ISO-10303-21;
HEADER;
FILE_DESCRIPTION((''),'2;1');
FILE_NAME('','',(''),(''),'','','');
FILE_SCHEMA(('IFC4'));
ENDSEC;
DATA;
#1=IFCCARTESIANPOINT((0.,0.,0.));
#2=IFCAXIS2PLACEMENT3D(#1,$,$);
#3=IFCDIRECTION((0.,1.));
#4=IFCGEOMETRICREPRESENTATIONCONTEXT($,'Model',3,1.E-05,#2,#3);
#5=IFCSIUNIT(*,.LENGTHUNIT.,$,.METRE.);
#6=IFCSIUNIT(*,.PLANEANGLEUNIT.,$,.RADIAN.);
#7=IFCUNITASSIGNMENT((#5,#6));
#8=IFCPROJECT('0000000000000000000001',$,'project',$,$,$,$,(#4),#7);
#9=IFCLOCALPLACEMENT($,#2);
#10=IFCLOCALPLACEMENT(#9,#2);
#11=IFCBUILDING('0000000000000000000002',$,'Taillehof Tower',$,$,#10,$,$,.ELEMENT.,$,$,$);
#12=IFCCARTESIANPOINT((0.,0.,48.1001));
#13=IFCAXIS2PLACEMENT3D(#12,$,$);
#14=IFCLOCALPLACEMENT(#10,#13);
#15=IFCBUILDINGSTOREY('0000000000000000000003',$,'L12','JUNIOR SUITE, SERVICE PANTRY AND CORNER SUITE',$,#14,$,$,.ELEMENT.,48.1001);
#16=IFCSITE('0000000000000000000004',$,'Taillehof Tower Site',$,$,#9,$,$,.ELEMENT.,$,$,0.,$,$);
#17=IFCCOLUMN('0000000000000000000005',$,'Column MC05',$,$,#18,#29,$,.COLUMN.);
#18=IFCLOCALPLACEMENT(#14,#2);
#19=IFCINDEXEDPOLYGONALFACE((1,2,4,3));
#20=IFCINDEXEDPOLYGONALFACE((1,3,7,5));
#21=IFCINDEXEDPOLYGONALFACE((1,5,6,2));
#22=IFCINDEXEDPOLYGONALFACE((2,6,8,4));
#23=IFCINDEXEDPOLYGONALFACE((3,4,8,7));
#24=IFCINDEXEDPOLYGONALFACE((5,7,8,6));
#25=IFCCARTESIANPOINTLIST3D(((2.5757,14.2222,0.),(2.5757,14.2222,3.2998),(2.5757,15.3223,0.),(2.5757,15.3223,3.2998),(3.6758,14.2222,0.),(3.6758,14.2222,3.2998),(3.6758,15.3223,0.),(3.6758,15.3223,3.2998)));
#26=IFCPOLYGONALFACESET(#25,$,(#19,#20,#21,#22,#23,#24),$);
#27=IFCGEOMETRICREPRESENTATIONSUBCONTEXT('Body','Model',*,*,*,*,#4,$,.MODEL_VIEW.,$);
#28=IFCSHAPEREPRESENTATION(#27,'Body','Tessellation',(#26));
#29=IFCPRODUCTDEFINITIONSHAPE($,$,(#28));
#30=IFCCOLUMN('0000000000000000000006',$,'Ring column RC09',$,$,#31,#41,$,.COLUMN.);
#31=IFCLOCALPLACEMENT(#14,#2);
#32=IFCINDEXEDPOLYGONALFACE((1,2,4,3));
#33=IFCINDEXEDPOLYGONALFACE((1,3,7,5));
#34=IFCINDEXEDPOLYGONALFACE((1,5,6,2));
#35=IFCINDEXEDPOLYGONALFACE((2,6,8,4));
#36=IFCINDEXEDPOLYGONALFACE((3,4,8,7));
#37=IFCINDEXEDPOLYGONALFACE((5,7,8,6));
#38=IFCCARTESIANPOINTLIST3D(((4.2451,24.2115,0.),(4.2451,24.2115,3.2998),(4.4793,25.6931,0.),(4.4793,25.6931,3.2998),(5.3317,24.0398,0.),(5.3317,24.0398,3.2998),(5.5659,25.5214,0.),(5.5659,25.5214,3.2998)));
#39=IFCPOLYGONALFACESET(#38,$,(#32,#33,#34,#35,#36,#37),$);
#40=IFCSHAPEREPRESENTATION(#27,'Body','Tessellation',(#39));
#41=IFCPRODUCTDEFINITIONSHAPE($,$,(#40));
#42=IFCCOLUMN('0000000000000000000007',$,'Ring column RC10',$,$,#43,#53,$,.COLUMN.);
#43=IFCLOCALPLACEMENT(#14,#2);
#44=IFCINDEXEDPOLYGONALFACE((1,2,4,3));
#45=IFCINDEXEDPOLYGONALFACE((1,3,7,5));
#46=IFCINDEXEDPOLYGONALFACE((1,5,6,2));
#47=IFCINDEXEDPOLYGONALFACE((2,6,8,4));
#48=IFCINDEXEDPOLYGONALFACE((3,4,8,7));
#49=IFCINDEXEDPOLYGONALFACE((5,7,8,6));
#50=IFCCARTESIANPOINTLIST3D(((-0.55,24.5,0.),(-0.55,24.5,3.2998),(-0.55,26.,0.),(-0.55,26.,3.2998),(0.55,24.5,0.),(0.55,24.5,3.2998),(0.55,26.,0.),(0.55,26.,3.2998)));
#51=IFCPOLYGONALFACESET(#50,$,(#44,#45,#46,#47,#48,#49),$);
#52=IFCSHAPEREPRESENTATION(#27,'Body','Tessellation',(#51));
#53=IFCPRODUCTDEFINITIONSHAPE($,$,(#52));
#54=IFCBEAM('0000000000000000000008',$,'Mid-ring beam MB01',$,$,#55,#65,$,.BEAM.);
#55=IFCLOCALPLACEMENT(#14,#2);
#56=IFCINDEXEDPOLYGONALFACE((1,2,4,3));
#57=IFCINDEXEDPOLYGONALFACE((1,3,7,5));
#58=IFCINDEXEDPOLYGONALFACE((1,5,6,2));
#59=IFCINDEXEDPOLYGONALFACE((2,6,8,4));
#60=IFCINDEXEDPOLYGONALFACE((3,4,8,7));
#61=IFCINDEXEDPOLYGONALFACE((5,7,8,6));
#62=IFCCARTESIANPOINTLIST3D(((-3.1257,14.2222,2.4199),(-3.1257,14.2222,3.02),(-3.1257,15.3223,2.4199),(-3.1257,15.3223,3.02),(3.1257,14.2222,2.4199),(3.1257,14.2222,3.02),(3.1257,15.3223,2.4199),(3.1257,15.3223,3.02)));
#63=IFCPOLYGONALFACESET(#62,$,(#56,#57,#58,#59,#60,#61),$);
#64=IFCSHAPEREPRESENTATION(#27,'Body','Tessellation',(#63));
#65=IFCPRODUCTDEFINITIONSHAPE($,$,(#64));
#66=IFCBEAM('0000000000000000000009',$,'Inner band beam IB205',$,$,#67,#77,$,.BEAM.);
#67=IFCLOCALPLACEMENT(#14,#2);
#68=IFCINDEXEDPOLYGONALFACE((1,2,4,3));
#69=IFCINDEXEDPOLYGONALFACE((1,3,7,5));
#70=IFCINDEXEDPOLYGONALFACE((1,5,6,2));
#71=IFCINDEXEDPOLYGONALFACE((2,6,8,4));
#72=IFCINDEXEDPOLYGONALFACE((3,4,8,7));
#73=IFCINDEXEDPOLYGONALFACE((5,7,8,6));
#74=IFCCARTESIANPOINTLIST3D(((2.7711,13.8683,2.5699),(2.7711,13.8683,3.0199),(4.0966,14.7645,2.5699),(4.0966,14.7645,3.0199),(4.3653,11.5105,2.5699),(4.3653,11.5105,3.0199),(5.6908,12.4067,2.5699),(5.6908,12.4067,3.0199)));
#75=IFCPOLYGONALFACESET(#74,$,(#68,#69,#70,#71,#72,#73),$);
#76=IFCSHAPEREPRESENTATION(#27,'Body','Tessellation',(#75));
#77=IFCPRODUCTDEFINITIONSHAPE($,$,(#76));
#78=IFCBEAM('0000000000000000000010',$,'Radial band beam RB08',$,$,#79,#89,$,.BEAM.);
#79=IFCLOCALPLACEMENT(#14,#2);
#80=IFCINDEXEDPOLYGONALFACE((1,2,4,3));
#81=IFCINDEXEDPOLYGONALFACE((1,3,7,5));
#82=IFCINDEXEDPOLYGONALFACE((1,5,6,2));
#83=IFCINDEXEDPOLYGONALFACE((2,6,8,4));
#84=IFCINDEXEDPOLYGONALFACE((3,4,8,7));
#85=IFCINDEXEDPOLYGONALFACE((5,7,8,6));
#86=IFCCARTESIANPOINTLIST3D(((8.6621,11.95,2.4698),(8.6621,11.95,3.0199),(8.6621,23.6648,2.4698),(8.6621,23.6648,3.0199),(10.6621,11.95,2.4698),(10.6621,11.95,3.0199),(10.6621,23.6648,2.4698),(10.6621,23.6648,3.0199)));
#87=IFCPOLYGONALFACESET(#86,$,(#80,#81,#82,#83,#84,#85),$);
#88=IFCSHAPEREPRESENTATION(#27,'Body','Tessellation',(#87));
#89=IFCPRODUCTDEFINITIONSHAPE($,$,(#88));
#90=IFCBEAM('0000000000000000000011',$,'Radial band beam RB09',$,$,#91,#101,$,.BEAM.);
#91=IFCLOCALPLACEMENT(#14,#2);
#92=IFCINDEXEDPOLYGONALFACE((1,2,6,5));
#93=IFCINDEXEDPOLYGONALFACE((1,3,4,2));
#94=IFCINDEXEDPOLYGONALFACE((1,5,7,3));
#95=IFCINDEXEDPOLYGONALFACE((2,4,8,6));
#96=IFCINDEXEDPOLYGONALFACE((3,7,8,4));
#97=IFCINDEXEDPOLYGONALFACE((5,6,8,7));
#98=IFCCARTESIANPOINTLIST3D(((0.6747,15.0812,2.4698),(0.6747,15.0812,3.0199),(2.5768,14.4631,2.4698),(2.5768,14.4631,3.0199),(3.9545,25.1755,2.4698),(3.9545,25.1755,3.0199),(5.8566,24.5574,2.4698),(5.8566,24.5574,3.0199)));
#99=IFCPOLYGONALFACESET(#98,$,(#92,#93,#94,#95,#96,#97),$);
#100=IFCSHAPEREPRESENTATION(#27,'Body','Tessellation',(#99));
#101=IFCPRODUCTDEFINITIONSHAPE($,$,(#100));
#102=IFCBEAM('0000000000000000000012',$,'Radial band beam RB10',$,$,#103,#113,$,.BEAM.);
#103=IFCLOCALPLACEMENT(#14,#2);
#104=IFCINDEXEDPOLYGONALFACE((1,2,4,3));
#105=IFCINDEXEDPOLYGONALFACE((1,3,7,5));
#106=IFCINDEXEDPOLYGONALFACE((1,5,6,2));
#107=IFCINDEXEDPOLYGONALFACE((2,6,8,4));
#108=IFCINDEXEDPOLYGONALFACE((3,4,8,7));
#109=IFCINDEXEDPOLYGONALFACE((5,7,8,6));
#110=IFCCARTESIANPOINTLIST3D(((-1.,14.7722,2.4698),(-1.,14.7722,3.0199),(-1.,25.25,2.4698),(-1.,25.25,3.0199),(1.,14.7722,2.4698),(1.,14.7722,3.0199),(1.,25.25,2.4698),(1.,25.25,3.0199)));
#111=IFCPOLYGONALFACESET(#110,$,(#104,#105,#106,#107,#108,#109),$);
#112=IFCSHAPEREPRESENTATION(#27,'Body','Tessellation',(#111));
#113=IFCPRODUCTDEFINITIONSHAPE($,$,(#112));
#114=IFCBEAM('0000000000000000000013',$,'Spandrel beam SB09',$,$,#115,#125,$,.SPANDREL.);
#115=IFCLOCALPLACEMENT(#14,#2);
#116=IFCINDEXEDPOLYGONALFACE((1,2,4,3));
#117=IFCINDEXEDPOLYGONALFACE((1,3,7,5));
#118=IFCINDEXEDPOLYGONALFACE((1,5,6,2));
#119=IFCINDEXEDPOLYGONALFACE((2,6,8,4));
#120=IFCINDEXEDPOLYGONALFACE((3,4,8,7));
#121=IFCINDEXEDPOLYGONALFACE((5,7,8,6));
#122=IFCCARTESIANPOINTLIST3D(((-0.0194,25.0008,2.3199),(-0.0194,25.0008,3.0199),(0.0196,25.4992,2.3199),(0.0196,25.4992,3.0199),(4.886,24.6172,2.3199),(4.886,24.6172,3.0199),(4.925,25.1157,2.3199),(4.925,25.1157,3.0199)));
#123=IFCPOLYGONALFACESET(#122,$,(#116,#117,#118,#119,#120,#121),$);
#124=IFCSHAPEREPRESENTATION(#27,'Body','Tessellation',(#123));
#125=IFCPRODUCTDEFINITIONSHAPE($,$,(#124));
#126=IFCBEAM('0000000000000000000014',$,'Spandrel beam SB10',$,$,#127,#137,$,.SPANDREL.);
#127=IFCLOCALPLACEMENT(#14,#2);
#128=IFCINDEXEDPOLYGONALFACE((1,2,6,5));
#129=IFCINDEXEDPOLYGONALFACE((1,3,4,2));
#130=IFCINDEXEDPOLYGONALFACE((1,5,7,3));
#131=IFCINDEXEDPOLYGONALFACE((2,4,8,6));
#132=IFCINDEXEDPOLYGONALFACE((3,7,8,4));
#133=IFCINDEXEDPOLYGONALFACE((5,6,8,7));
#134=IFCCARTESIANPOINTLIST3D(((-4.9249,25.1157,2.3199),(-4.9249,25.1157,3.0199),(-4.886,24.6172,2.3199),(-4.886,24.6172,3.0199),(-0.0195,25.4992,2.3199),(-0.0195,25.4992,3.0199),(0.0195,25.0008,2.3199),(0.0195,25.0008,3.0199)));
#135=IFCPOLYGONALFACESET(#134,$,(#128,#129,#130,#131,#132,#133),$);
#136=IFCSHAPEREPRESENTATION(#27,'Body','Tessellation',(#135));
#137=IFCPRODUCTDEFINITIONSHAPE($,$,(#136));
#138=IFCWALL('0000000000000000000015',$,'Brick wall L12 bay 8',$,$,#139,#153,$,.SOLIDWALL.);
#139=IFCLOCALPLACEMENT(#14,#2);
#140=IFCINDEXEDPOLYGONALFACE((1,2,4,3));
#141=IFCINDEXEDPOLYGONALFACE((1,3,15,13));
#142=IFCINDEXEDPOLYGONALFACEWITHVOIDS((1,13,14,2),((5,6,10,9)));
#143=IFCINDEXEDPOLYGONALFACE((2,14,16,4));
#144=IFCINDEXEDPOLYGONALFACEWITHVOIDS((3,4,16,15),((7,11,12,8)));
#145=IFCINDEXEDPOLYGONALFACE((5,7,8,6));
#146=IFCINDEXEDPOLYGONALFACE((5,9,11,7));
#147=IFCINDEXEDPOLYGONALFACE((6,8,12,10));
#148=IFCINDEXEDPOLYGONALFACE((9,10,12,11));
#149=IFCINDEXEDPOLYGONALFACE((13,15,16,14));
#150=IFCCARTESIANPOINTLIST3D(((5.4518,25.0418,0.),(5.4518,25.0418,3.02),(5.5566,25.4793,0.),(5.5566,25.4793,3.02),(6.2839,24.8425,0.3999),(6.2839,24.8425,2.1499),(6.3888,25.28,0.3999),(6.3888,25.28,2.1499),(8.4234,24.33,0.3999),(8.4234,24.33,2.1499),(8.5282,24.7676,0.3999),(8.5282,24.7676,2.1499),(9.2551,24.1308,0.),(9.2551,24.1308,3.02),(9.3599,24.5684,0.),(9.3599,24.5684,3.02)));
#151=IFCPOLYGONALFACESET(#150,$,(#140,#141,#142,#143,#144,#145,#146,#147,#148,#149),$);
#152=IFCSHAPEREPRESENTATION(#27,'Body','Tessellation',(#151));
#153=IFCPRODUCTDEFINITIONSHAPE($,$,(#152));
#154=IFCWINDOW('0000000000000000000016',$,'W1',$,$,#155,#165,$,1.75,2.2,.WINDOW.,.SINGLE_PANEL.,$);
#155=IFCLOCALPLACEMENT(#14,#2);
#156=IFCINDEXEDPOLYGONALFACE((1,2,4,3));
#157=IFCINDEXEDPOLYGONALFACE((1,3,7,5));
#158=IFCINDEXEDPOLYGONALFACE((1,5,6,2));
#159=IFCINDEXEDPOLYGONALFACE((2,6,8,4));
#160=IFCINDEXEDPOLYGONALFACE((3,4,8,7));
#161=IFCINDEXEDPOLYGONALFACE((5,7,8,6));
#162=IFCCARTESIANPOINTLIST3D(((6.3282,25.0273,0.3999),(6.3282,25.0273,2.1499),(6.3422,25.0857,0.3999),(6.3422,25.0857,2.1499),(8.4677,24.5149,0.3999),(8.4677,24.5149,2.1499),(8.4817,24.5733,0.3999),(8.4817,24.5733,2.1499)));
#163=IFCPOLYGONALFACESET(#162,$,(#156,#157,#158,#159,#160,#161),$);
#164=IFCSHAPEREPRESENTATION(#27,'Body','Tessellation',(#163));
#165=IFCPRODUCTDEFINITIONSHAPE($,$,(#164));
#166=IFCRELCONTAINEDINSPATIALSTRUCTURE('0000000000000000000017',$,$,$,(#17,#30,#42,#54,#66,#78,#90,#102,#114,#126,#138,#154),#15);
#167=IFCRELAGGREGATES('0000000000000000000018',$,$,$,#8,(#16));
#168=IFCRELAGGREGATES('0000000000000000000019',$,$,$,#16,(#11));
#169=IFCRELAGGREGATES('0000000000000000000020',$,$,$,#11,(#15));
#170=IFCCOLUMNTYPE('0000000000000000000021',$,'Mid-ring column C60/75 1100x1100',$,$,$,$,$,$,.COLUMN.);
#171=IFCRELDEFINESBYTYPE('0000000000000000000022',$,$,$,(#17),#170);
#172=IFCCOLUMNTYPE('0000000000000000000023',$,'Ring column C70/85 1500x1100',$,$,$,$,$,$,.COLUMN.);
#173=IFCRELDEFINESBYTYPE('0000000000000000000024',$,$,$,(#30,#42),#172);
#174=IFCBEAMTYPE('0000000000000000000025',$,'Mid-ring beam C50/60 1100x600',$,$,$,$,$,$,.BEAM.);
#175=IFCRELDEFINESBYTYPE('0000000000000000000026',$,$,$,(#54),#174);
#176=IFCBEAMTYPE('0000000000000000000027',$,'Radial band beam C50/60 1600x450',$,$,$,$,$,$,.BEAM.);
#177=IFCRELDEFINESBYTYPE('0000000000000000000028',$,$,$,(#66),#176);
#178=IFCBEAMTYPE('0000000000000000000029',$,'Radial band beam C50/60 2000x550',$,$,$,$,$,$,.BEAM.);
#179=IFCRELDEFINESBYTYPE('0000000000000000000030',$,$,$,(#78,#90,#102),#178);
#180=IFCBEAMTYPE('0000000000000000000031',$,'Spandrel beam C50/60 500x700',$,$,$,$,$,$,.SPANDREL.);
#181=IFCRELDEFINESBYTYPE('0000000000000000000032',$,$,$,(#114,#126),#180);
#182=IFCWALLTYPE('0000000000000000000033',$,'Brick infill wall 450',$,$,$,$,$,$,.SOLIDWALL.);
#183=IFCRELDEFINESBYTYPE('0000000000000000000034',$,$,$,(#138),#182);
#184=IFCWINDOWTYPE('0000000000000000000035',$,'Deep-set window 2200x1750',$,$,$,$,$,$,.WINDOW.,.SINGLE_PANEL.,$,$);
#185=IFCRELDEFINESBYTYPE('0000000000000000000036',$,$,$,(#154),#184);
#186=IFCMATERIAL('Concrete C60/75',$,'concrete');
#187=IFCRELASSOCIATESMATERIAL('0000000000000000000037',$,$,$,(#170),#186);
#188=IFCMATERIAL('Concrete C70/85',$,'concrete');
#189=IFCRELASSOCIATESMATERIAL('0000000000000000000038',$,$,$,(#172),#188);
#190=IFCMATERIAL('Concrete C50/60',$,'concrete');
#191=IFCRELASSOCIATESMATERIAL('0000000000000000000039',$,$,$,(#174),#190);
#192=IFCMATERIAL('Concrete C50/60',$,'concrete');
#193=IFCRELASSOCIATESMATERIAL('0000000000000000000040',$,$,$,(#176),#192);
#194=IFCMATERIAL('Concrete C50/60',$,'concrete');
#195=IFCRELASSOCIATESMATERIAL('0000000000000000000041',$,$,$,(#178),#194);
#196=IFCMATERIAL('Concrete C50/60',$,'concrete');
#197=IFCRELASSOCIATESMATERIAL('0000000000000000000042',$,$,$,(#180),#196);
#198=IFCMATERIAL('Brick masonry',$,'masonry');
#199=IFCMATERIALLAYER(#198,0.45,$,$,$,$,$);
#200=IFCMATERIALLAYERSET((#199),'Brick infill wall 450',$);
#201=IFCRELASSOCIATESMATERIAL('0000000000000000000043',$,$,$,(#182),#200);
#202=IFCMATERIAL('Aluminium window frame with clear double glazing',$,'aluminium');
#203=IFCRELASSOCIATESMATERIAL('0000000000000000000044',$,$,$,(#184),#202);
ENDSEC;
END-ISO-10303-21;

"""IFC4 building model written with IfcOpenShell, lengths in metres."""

from ifc_helpers import new_model, si_unit, direction, frame, frame_2d, origin, origin_2d, place, context, subcontext, project, spatial, rectangle, extrude, material, layer, layer_set, material_profile, profile_set, type_object, element, fill, save


model = new_model("IFC4")

# Units and contexts
model_context = context("Model", 3, precision=1e-05, world=origin(), true_north=direction((0.0, 1.0)))
body_context = subcontext(model_context, "Body", "Model", "MODEL_VIEW")
ifc_project = project(units=[si_unit("LENGTHUNIT", "METRE"), si_unit("PLANEANGLEUNIT", "RADIAN")], contexts=[model_context])

# Site, building, storey
site_placement = place(None, origin())
site = spatial("IfcSite", under=ifc_project, at=site_placement, Name="Taillehof Tower Site", CompositionType="ELEMENT", RefElevation=0.0)
building_placement = place(site_placement, origin())
building = spatial("IfcBuilding", under=site, at=building_placement, Name="Taillehof Tower", CompositionType="ELEMENT")
storey_placement = place(building_placement, frame((0.0, 0.0, 48.1001)))
storey = spatial("IfcBuildingStorey", under=building, at=storey_placement, Name="L12", Description="JUNIOR SUITE, SERVICE PANTRY AND CORNER SUITE", CompositionType="ELEMENT", Elevation=48.1001)

# Columns
ifc_material_1 = material(Name="Concrete C60/75", Category="concrete")
ifc_material_profile_1 = material_profile(ifc_material_1, rectangle(XDim=1.1001, YDim=1.1001, at=origin_2d()), Name="RC 1100x1100")
ifc_profile_set_1 = profile_set([ifc_material_profile_1], Name="Concrete C60/75")
column_type_1 = type_object("IfcColumnType", Name="Mid-ring column C60/75 1100x1100", PredefinedType="COLUMN", material=ifc_profile_set_1)
column_placement = place(storey_placement, frame((3.1257, 14.7722, 0.0), z_axis=(0.0, 0.0, 1.0), x_axis=(1.0, 0.0, 0.0)))
element("IfcColumn", 1, at=column_placement, inside=storey, type_object=column_type_1, Name="Column MC05", PredefinedType="COLUMN", context=body_context, shape_type="SweptSolid", body=[
    extrude(rectangle(XDim=1.1001, YDim=1.1001, at=origin_2d()), origin(), (0.0, 0.0, 1.0), 3.2998),
])
ifc_material_2 = material(Name="Concrete C70/85", Category="concrete")
ifc_material_profile_2 = material_profile(ifc_material_2, rectangle(XDim=1.5, YDim=1.1001, at=origin_2d()), Name="RC 1500x1100")
ifc_profile_set_2 = profile_set([ifc_material_profile_2], Name="Concrete C70/85")
column_type_2 = type_object("IfcColumnType", Name="Ring column C70/85 1500x1100", PredefinedType="COLUMN", material=ifc_profile_set_2)
for number, where, z_axis, x_axis, name in (
    (2, (4.9055, 24.8665, 0.0), (0.0, 0.0, 1.0), (0.156147, 0.987734, 0.0), "Ring column RC09"),
    (3, (0.0, 25.25, 0.0), (0.0, 0.0, 1.0), (0.0, 1.0, 0.0), "Ring column RC10"),
):
    element("IfcColumn", number, at=place(storey_placement, frame(where, z_axis=z_axis, x_axis=x_axis)), inside=storey, type_object=column_type_2, Name=name, PredefinedType="COLUMN", context=body_context, shape_type="SweptSolid", body=[
        extrude(rectangle(XDim=1.5, YDim=1.1001, at=origin_2d()), origin(), (0.0, 0.0, 1.0), 3.2998),
    ])

# Beams
ifc_material_3 = material(Name="Concrete C50/60", Category="concrete")
ifc_material_profile_3 = material_profile(ifc_material_3, rectangle(XDim=1.1001, YDim=0.6001, at=origin_2d()), Name="RC 1100x600")
ifc_profile_set_3 = profile_set([ifc_material_profile_3], Name="Concrete C50/60")
beam_type_1 = type_object("IfcBeamType", Name="Mid-ring beam C50/60 1100x600", PredefinedType="BEAM", material=ifc_profile_set_3)
beam_1_placement = place(storey_placement, frame((3.1257, 14.7722, 2.72), z_axis=(-1.0, 0.0, 0.0), x_axis=(0.0, -1.0, 0.0)))
element("IfcBeam", 4, at=beam_1_placement, inside=storey, type_object=beam_type_1, Name="Mid-ring beam MB01", PredefinedType="BEAM", context=body_context, shape_type="SweptSolid", body=[
    extrude(rectangle(XDim=1.1001, YDim=0.6001, at=origin_2d()), origin(), (0.0, 0.0, 1.0), 6.2515),
])
ifc_material_4 = material(Name="Concrete C50/60", Category="concrete")
ifc_material_profile_4 = material_profile(ifc_material_4, rectangle(XDim=1.6001, YDim=0.45, at=origin_2d()), Name="RC 1600x450")
ifc_profile_set_4 = profile_set([ifc_material_profile_4], Name="Concrete C50/60")
beam_type_2 = type_object("IfcBeamType", Name="Radial band beam C50/60 1600x450", PredefinedType="BEAM", material=ifc_profile_set_4)
beam_2_placement = place(storey_placement, frame((3.4338, 14.3164, 2.7949), z_axis=(0.560112, -0.828417, 0.0), x_axis=(0.828417, 0.560112, 0.0)))
element("IfcBeam", 5, at=beam_2_placement, inside=storey, type_object=beam_type_2, Name="Inner band beam IB205", PredefinedType="BEAM", context=body_context, shape_type="SweptSolid", body=[
    extrude(rectangle(XDim=1.6001, YDim=0.45, at=origin_2d()), origin(), (0.0, 0.0, 1.0), 2.8462),
])
ifc_material_5 = material(Name="Concrete C50/60", Category="concrete")
ifc_material_profile_5 = material_profile(ifc_material_5, rectangle(XDim=2.0, YDim=0.55, at=origin_2d()), Name="RC 2000x550")
ifc_profile_set_5 = profile_set([ifc_material_profile_5], Name="Concrete C50/60")
beam_type_3 = type_object("IfcBeamType", Name="Radial band beam C50/60 2000x550", PredefinedType="BEAM", material=ifc_profile_set_5)
beam_3_placement = place(storey_placement, frame((9.6621, 23.6648, 2.7449), z_axis=(0.0, -1.0, 0.0), x_axis=(1.0, 0.0, 0.0)))
element("IfcBeam", 6, at=beam_3_placement, inside=storey, type_object=beam_type_3, Name="Radial band beam RB08", PredefinedType="BEAM", context=body_context, shape_type="SweptSolid", body=[
    extrude(rectangle(XDim=2.0, YDim=0.55, at=origin_2d()), origin(), (0.0, 0.0, 1.0), 11.7148),
])
beam_4_placement = place(storey_placement, frame((4.9055, 24.8665, 2.7449), z_axis=(-0.309014, -0.951057, 0.0), x_axis=(0.951057, -0.309014, 0.0)))
element("IfcBeam", 7, at=beam_4_placement, inside=storey, type_object=beam_type_3, Name="Radial band beam RB09", PredefinedType="BEAM", context=body_context, shape_type="SweptSolid", body=[
    extrude(rectangle(XDim=2.0, YDim=0.55, at=origin_2d()), origin(), (0.0, 0.0, 1.0), 10.6138),
])
beam_5_placement = place(storey_placement, frame((0.0, 25.25, 2.7449), z_axis=(0.0, -1.0, 0.0), x_axis=(1.0, 0.0, 0.0)))
element("IfcBeam", 8, at=beam_5_placement, inside=storey, type_object=beam_type_3, Name="Radial band beam RB10", PredefinedType="BEAM", context=body_context, shape_type="SweptSolid", body=[
    extrude(rectangle(XDim=2.0, YDim=0.55, at=origin_2d()), origin(), (0.0, 0.0, 1.0), 10.4778),
])
ifc_material_6 = material(Name="Concrete C50/60", Category="concrete")
ifc_material_profile_6 = material_profile(ifc_material_6, rectangle(XDim=0.5, YDim=0.7, at=origin_2d()), Name="RC 500x700")
ifc_profile_set_6 = profile_set([ifc_material_profile_6], Name="Concrete C50/60")
beam_type_4 = type_object("IfcBeamType", Name="Spandrel beam C50/60 500x700", PredefinedType="SPANDREL", material=ifc_profile_set_6)
for number, where, z_axis, x_axis, name in (
    (9, (4.9055, 24.8665, 2.6699), (-0.996957, 0.077949, 0.0), (-0.077949, -0.996957, 0.0), "Spandrel beam SB09"),
    (10, (0.0, 25.25, 2.6699), (-0.996957, -0.077949, 0.0), (0.077949, -0.996957, 0.0), "Spandrel beam SB10"),
):
    element("IfcBeam", number, at=place(storey_placement, frame(where, z_axis=z_axis, x_axis=x_axis)), inside=storey, type_object=beam_type_4, Name=name, PredefinedType="SPANDREL", context=body_context, shape_type="SweptSolid", body=[
        extrude(rectangle(XDim=0.5, YDim=0.7, at=origin_2d()), origin(), (0.0, 0.0, 1.0), 4.9204),
    ])

# Wall, opening, window
ifc_material_7 = material(Name="Brick masonry", Category="masonry")
ifc_layer_1 = layer(ifc_material_7, 0.45)
ifc_layer_set_1 = layer_set([ifc_layer_1], Name="Brick infill wall 450")
wall_type_1 = type_object("IfcWallType", Name="Brick infill wall 450", PredefinedType="SOLIDWALL", material=ifc_layer_set_1)
wall_1_placement = place(storey_placement, frame((9.3076, 24.3496, 0.0), z_axis=(0.0, 0.0, 1.0), x_axis=(-0.972497, 0.232917, 0.0)))
wall_1 = element("IfcWall", 11, at=wall_1_placement, inside=storey, type_object=wall_type_1, Name="Brick wall L12 bay 8", PredefinedType="SOLIDWALL", context=body_context, shape_type="SweptSolid", body=[
    extrude(rectangle(XDim=3.9109, YDim=0.45, at=frame_2d((1.9556, 0.0))), origin(), (0.0, 0.0, 1.0), 3.02),
])
opening_1_placement = place(wall_1_placement, frame((0.8552, 0.0, 0.3999)))
opening_1 = element("IfcOpeningElement", 12, at=opening_1_placement, cuts=wall_1, PredefinedType="OPENING", context=body_context, shape_type="SweptSolid", body=[
    extrude(rectangle(XDim=2.2, YDim=1.75, at=frame_2d((1.1001, 0.875))), frame((0.0, 0.2349, 0.0), z_axis=(0.0, -1.0, 0.0), x_axis=(1.0, 0.0, 0.0)), (0.0, 0.0, 1.0), 0.47),
])
ifc_material_8 = material(Name="Aluminium window frame with clear double glazing", Category="aluminium")
window_type = type_object("IfcWindowType", Name="Deep-set window 2200x1750", PartitioningType="SINGLE_PANEL", PredefinedType="WINDOW", material=ifc_material_8)
window_1_placement = place(opening_1_placement, origin())
window_1 = element("IfcWindow", 13, at=window_1_placement, inside=storey, type_object=window_type, Name="W1", OverallHeight=1.75, OverallWidth=2.2, PartitioningType="SINGLE_PANEL", PredefinedType="WINDOW", context=body_context, shape_type="SweptSolid", body=[
    extrude(rectangle(XDim=2.2, YDim=1.75, at=frame_2d((1.1001, 0.875))), frame((0.0, 0.0349, 0.0), z_axis=(0.0, -1.0, 0.0), x_axis=(1.0, 0.0, 0.0)), (0.0, 0.0, 1.0), 0.0601),
])
fill(opening_1, window_1)

save(model, "model.ifc")
